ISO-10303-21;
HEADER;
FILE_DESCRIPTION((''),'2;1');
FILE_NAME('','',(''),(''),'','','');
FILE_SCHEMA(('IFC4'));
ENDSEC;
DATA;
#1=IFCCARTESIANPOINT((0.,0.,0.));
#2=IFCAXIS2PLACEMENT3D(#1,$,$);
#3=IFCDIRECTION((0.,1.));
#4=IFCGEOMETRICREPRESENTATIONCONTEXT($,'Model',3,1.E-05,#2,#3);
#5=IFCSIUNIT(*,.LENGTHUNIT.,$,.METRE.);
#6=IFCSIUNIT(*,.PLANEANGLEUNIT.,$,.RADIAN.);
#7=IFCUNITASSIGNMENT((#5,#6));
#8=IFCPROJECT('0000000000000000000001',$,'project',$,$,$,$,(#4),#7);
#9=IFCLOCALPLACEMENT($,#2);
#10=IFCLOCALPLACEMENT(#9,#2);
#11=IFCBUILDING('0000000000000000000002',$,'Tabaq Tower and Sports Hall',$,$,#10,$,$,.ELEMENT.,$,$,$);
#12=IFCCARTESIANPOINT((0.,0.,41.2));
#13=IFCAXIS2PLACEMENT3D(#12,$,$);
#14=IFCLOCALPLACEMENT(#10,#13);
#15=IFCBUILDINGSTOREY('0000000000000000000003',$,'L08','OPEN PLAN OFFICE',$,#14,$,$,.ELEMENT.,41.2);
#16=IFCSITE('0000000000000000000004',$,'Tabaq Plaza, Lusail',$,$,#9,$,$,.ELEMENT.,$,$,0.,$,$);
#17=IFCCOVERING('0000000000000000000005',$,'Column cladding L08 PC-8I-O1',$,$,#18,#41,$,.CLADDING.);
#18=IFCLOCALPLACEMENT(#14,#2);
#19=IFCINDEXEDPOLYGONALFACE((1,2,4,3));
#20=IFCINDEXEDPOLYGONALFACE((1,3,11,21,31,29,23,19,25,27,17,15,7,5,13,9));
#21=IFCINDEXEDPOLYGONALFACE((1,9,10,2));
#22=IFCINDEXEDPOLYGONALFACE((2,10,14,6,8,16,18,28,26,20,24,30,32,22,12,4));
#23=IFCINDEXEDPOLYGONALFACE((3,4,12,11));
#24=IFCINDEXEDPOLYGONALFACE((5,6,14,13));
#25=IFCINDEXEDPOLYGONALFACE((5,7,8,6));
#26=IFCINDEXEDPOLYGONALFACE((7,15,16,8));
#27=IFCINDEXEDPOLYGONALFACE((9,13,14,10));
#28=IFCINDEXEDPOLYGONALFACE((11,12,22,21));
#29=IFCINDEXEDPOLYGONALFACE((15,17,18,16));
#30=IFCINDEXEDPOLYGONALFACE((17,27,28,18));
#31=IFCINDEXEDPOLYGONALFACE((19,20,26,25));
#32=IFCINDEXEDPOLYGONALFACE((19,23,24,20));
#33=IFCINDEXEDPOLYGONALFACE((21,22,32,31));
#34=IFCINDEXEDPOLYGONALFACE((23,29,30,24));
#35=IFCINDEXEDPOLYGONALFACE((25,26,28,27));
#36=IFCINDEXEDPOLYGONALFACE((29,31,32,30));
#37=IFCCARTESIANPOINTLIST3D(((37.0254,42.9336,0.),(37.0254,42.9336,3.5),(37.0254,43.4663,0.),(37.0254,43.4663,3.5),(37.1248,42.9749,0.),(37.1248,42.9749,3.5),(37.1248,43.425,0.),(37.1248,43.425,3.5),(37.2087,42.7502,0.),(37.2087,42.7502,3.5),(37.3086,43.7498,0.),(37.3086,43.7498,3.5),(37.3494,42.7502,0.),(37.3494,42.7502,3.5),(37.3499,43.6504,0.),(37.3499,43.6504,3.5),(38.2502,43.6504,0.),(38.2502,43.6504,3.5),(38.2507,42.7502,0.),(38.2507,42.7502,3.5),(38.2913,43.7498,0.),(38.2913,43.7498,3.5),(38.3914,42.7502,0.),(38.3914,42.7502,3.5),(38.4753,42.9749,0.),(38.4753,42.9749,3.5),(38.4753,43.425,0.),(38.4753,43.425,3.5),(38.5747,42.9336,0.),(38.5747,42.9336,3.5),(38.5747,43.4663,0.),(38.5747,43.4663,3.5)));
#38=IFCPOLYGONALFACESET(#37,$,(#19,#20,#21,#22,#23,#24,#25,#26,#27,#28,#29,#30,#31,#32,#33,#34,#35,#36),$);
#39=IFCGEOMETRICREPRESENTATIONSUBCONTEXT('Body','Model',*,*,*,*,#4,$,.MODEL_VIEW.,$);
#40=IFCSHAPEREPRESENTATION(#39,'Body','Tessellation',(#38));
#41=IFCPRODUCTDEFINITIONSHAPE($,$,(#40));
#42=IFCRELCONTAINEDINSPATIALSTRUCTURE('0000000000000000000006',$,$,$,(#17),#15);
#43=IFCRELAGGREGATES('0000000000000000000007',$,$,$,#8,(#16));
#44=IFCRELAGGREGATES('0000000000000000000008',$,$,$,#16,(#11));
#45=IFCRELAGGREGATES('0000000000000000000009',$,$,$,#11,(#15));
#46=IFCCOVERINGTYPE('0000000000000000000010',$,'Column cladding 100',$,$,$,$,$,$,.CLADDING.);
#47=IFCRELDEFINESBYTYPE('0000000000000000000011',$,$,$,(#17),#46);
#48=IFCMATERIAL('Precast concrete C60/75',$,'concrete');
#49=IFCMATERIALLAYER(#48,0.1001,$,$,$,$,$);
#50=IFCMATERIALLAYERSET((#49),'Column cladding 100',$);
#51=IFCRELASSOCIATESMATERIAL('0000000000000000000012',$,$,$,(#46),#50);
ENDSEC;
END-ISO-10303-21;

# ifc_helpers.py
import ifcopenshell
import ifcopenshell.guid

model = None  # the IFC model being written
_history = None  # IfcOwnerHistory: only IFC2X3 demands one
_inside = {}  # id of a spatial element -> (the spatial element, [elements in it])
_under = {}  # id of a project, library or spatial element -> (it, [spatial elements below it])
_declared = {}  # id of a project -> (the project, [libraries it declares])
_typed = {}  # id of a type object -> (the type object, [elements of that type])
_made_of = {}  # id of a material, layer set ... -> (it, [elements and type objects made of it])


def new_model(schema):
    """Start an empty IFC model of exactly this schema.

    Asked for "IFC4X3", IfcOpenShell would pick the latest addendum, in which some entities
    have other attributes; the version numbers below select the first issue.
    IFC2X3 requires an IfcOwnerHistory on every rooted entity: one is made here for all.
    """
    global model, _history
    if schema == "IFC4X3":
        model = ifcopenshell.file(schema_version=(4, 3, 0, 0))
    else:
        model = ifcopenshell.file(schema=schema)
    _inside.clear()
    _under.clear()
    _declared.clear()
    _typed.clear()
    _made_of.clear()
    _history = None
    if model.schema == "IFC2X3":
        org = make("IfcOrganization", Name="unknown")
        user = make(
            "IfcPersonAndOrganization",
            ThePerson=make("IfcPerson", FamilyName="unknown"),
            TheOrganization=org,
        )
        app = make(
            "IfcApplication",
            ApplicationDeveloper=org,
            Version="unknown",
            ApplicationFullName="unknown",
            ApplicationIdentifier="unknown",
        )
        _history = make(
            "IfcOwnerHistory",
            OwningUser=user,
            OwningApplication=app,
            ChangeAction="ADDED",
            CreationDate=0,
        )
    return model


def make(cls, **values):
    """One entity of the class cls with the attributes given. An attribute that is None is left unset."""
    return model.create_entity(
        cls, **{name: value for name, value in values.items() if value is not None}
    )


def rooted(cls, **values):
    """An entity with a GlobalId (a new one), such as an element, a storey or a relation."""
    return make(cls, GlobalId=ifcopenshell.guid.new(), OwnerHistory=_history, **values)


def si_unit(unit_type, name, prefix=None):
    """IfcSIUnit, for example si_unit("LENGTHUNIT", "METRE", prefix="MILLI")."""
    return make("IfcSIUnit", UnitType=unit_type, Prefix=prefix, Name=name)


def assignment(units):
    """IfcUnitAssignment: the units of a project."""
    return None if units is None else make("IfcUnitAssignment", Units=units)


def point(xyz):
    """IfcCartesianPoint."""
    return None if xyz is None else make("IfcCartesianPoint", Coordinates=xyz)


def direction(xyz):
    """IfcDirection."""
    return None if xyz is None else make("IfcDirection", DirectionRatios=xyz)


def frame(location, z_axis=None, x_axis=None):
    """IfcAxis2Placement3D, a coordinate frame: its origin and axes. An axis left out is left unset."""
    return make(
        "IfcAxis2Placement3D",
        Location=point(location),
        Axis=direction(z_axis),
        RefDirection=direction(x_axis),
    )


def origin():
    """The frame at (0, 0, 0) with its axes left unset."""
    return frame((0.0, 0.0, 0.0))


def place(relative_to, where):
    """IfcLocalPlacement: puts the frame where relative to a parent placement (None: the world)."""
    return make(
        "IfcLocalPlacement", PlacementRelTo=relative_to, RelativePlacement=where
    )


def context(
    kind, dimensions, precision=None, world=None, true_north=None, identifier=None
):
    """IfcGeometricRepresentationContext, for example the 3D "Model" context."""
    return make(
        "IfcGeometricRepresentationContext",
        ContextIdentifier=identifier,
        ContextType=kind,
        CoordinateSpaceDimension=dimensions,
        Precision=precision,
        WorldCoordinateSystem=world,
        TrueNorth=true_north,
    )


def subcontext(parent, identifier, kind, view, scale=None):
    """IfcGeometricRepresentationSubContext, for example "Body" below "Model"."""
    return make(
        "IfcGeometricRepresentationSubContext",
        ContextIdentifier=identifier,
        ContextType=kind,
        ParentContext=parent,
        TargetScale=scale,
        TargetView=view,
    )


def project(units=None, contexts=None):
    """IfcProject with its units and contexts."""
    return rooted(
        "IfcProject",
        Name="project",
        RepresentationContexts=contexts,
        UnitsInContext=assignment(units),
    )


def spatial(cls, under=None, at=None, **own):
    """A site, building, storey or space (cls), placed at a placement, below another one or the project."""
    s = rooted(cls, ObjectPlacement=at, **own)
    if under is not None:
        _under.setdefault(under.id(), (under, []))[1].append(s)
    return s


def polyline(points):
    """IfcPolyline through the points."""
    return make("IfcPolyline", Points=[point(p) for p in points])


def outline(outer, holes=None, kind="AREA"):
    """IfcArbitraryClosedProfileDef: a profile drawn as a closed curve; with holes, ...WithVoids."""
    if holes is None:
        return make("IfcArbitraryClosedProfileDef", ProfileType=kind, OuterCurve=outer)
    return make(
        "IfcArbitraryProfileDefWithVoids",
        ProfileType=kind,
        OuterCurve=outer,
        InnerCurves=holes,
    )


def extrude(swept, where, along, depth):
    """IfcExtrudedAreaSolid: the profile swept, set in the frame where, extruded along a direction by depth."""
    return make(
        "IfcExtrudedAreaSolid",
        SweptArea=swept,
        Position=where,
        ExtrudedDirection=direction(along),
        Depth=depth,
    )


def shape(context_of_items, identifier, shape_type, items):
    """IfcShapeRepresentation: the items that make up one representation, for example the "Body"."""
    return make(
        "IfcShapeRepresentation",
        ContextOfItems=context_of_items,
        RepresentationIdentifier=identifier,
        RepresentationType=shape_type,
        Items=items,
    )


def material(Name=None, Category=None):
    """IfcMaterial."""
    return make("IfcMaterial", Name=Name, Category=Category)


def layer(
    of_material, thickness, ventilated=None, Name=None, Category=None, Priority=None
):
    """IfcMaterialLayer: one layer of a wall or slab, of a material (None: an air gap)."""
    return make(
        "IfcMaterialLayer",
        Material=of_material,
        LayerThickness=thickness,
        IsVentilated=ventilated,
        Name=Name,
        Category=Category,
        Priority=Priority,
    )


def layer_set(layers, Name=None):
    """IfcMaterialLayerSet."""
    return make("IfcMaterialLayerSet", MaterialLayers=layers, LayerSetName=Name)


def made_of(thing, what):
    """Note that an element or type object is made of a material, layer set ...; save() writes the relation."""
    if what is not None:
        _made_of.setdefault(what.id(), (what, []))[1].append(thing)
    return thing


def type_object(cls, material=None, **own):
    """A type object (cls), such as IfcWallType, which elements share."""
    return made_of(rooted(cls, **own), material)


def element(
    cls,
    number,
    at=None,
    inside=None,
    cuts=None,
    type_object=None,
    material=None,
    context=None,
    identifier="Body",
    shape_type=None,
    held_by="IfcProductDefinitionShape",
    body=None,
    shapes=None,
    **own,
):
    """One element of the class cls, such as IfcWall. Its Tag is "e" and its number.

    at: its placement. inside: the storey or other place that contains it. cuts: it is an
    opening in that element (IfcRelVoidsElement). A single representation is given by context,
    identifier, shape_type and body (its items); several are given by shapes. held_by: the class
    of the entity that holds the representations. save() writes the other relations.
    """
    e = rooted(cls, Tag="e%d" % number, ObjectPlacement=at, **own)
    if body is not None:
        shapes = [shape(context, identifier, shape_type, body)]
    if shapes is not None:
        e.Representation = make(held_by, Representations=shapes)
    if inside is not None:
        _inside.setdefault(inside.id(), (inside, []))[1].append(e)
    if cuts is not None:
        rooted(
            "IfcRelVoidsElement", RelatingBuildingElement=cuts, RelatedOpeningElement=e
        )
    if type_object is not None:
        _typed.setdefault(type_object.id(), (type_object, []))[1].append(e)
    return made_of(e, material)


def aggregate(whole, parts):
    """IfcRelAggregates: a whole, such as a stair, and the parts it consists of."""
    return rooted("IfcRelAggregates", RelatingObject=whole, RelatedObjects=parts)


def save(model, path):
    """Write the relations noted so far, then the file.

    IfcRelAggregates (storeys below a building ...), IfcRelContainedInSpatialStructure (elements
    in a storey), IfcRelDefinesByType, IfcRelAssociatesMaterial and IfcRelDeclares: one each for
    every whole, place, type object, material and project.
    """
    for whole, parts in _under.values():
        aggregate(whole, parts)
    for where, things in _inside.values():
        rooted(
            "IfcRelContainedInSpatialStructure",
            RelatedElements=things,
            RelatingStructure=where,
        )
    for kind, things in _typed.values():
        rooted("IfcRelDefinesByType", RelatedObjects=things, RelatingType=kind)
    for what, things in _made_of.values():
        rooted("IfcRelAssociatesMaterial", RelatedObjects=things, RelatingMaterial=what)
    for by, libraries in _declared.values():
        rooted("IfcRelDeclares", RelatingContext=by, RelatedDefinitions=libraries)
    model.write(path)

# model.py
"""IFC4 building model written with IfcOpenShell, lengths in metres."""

from ifc_helpers import new_model, si_unit, direction, frame, origin, place, context, subcontext, project, spatial, polyline, outline, extrude, material, layer, layer_set, type_object, element, save


model = new_model("IFC4")

# Units and contexts
model_context = context("Model", 3, precision=1e-05, world=origin(), true_north=direction((0.0, 1.0)))
body_context = subcontext(model_context, "Body", "Model", "MODEL_VIEW")
ifc_project = project(units=[si_unit("LENGTHUNIT", "METRE"), si_unit("PLANEANGLEUNIT", "RADIAN")], contexts=[model_context])

# Site, building, storey
site_placement = place(None, origin())
site = spatial("IfcSite", under=ifc_project, at=site_placement, Name="Tabaq Plaza, Lusail", CompositionType="ELEMENT", RefElevation=0.0)
building_placement = place(site_placement, origin())
building = spatial("IfcBuilding", under=site, at=building_placement, Name="Tabaq Tower and Sports Hall", CompositionType="ELEMENT")
storey_placement = place(building_placement, frame((0.0, 0.0, 41.2)))
storey = spatial("IfcBuildingStorey", under=building, at=storey_placement, Name="L08", Description="OPEN PLAN OFFICE", CompositionType="ELEMENT", Elevation=41.2)

# Covering
ifc_material_1 = material(Name="Precast concrete C60/75", Category="concrete")
ifc_layer_1 = layer(ifc_material_1, 0.1001)
ifc_layer_set_1 = layer_set([ifc_layer_1], Name="Column cladding 100")
covering_type = type_object("IfcCoveringType", Name="Column cladding 100", PredefinedType="CLADDING", material=ifc_layer_set_1)
covering_1_placement = place(storey_placement, origin())
element("IfcCovering", 1, at=covering_1_placement, inside=storey, type_object=covering_type, Name="Column cladding L08 PC-8I-O1", PredefinedType="CLADDING", context=body_context, shape_type="SweptSolid", body=[
    extrude(outline(polyline([(37.0254, 43.4663), (37.3086, 43.7498), (38.2913, 43.7498), (38.5747, 43.4663), (38.5747, 42.9336), (38.3914, 42.7502), (38.2507, 42.7502), (38.4753, 42.9749), (38.4753, 43.425), (38.2502, 43.6504), (37.3499, 43.6504), (37.1248, 43.425), (37.1248, 42.9749), (37.3494, 42.7502), (37.2087, 42.7502), (37.0254, 42.9336), (37.0254, 43.4663)])), origin(), (0.0, 0.0, 1.0), 3.5),
])

save(model, "model.ifc")
